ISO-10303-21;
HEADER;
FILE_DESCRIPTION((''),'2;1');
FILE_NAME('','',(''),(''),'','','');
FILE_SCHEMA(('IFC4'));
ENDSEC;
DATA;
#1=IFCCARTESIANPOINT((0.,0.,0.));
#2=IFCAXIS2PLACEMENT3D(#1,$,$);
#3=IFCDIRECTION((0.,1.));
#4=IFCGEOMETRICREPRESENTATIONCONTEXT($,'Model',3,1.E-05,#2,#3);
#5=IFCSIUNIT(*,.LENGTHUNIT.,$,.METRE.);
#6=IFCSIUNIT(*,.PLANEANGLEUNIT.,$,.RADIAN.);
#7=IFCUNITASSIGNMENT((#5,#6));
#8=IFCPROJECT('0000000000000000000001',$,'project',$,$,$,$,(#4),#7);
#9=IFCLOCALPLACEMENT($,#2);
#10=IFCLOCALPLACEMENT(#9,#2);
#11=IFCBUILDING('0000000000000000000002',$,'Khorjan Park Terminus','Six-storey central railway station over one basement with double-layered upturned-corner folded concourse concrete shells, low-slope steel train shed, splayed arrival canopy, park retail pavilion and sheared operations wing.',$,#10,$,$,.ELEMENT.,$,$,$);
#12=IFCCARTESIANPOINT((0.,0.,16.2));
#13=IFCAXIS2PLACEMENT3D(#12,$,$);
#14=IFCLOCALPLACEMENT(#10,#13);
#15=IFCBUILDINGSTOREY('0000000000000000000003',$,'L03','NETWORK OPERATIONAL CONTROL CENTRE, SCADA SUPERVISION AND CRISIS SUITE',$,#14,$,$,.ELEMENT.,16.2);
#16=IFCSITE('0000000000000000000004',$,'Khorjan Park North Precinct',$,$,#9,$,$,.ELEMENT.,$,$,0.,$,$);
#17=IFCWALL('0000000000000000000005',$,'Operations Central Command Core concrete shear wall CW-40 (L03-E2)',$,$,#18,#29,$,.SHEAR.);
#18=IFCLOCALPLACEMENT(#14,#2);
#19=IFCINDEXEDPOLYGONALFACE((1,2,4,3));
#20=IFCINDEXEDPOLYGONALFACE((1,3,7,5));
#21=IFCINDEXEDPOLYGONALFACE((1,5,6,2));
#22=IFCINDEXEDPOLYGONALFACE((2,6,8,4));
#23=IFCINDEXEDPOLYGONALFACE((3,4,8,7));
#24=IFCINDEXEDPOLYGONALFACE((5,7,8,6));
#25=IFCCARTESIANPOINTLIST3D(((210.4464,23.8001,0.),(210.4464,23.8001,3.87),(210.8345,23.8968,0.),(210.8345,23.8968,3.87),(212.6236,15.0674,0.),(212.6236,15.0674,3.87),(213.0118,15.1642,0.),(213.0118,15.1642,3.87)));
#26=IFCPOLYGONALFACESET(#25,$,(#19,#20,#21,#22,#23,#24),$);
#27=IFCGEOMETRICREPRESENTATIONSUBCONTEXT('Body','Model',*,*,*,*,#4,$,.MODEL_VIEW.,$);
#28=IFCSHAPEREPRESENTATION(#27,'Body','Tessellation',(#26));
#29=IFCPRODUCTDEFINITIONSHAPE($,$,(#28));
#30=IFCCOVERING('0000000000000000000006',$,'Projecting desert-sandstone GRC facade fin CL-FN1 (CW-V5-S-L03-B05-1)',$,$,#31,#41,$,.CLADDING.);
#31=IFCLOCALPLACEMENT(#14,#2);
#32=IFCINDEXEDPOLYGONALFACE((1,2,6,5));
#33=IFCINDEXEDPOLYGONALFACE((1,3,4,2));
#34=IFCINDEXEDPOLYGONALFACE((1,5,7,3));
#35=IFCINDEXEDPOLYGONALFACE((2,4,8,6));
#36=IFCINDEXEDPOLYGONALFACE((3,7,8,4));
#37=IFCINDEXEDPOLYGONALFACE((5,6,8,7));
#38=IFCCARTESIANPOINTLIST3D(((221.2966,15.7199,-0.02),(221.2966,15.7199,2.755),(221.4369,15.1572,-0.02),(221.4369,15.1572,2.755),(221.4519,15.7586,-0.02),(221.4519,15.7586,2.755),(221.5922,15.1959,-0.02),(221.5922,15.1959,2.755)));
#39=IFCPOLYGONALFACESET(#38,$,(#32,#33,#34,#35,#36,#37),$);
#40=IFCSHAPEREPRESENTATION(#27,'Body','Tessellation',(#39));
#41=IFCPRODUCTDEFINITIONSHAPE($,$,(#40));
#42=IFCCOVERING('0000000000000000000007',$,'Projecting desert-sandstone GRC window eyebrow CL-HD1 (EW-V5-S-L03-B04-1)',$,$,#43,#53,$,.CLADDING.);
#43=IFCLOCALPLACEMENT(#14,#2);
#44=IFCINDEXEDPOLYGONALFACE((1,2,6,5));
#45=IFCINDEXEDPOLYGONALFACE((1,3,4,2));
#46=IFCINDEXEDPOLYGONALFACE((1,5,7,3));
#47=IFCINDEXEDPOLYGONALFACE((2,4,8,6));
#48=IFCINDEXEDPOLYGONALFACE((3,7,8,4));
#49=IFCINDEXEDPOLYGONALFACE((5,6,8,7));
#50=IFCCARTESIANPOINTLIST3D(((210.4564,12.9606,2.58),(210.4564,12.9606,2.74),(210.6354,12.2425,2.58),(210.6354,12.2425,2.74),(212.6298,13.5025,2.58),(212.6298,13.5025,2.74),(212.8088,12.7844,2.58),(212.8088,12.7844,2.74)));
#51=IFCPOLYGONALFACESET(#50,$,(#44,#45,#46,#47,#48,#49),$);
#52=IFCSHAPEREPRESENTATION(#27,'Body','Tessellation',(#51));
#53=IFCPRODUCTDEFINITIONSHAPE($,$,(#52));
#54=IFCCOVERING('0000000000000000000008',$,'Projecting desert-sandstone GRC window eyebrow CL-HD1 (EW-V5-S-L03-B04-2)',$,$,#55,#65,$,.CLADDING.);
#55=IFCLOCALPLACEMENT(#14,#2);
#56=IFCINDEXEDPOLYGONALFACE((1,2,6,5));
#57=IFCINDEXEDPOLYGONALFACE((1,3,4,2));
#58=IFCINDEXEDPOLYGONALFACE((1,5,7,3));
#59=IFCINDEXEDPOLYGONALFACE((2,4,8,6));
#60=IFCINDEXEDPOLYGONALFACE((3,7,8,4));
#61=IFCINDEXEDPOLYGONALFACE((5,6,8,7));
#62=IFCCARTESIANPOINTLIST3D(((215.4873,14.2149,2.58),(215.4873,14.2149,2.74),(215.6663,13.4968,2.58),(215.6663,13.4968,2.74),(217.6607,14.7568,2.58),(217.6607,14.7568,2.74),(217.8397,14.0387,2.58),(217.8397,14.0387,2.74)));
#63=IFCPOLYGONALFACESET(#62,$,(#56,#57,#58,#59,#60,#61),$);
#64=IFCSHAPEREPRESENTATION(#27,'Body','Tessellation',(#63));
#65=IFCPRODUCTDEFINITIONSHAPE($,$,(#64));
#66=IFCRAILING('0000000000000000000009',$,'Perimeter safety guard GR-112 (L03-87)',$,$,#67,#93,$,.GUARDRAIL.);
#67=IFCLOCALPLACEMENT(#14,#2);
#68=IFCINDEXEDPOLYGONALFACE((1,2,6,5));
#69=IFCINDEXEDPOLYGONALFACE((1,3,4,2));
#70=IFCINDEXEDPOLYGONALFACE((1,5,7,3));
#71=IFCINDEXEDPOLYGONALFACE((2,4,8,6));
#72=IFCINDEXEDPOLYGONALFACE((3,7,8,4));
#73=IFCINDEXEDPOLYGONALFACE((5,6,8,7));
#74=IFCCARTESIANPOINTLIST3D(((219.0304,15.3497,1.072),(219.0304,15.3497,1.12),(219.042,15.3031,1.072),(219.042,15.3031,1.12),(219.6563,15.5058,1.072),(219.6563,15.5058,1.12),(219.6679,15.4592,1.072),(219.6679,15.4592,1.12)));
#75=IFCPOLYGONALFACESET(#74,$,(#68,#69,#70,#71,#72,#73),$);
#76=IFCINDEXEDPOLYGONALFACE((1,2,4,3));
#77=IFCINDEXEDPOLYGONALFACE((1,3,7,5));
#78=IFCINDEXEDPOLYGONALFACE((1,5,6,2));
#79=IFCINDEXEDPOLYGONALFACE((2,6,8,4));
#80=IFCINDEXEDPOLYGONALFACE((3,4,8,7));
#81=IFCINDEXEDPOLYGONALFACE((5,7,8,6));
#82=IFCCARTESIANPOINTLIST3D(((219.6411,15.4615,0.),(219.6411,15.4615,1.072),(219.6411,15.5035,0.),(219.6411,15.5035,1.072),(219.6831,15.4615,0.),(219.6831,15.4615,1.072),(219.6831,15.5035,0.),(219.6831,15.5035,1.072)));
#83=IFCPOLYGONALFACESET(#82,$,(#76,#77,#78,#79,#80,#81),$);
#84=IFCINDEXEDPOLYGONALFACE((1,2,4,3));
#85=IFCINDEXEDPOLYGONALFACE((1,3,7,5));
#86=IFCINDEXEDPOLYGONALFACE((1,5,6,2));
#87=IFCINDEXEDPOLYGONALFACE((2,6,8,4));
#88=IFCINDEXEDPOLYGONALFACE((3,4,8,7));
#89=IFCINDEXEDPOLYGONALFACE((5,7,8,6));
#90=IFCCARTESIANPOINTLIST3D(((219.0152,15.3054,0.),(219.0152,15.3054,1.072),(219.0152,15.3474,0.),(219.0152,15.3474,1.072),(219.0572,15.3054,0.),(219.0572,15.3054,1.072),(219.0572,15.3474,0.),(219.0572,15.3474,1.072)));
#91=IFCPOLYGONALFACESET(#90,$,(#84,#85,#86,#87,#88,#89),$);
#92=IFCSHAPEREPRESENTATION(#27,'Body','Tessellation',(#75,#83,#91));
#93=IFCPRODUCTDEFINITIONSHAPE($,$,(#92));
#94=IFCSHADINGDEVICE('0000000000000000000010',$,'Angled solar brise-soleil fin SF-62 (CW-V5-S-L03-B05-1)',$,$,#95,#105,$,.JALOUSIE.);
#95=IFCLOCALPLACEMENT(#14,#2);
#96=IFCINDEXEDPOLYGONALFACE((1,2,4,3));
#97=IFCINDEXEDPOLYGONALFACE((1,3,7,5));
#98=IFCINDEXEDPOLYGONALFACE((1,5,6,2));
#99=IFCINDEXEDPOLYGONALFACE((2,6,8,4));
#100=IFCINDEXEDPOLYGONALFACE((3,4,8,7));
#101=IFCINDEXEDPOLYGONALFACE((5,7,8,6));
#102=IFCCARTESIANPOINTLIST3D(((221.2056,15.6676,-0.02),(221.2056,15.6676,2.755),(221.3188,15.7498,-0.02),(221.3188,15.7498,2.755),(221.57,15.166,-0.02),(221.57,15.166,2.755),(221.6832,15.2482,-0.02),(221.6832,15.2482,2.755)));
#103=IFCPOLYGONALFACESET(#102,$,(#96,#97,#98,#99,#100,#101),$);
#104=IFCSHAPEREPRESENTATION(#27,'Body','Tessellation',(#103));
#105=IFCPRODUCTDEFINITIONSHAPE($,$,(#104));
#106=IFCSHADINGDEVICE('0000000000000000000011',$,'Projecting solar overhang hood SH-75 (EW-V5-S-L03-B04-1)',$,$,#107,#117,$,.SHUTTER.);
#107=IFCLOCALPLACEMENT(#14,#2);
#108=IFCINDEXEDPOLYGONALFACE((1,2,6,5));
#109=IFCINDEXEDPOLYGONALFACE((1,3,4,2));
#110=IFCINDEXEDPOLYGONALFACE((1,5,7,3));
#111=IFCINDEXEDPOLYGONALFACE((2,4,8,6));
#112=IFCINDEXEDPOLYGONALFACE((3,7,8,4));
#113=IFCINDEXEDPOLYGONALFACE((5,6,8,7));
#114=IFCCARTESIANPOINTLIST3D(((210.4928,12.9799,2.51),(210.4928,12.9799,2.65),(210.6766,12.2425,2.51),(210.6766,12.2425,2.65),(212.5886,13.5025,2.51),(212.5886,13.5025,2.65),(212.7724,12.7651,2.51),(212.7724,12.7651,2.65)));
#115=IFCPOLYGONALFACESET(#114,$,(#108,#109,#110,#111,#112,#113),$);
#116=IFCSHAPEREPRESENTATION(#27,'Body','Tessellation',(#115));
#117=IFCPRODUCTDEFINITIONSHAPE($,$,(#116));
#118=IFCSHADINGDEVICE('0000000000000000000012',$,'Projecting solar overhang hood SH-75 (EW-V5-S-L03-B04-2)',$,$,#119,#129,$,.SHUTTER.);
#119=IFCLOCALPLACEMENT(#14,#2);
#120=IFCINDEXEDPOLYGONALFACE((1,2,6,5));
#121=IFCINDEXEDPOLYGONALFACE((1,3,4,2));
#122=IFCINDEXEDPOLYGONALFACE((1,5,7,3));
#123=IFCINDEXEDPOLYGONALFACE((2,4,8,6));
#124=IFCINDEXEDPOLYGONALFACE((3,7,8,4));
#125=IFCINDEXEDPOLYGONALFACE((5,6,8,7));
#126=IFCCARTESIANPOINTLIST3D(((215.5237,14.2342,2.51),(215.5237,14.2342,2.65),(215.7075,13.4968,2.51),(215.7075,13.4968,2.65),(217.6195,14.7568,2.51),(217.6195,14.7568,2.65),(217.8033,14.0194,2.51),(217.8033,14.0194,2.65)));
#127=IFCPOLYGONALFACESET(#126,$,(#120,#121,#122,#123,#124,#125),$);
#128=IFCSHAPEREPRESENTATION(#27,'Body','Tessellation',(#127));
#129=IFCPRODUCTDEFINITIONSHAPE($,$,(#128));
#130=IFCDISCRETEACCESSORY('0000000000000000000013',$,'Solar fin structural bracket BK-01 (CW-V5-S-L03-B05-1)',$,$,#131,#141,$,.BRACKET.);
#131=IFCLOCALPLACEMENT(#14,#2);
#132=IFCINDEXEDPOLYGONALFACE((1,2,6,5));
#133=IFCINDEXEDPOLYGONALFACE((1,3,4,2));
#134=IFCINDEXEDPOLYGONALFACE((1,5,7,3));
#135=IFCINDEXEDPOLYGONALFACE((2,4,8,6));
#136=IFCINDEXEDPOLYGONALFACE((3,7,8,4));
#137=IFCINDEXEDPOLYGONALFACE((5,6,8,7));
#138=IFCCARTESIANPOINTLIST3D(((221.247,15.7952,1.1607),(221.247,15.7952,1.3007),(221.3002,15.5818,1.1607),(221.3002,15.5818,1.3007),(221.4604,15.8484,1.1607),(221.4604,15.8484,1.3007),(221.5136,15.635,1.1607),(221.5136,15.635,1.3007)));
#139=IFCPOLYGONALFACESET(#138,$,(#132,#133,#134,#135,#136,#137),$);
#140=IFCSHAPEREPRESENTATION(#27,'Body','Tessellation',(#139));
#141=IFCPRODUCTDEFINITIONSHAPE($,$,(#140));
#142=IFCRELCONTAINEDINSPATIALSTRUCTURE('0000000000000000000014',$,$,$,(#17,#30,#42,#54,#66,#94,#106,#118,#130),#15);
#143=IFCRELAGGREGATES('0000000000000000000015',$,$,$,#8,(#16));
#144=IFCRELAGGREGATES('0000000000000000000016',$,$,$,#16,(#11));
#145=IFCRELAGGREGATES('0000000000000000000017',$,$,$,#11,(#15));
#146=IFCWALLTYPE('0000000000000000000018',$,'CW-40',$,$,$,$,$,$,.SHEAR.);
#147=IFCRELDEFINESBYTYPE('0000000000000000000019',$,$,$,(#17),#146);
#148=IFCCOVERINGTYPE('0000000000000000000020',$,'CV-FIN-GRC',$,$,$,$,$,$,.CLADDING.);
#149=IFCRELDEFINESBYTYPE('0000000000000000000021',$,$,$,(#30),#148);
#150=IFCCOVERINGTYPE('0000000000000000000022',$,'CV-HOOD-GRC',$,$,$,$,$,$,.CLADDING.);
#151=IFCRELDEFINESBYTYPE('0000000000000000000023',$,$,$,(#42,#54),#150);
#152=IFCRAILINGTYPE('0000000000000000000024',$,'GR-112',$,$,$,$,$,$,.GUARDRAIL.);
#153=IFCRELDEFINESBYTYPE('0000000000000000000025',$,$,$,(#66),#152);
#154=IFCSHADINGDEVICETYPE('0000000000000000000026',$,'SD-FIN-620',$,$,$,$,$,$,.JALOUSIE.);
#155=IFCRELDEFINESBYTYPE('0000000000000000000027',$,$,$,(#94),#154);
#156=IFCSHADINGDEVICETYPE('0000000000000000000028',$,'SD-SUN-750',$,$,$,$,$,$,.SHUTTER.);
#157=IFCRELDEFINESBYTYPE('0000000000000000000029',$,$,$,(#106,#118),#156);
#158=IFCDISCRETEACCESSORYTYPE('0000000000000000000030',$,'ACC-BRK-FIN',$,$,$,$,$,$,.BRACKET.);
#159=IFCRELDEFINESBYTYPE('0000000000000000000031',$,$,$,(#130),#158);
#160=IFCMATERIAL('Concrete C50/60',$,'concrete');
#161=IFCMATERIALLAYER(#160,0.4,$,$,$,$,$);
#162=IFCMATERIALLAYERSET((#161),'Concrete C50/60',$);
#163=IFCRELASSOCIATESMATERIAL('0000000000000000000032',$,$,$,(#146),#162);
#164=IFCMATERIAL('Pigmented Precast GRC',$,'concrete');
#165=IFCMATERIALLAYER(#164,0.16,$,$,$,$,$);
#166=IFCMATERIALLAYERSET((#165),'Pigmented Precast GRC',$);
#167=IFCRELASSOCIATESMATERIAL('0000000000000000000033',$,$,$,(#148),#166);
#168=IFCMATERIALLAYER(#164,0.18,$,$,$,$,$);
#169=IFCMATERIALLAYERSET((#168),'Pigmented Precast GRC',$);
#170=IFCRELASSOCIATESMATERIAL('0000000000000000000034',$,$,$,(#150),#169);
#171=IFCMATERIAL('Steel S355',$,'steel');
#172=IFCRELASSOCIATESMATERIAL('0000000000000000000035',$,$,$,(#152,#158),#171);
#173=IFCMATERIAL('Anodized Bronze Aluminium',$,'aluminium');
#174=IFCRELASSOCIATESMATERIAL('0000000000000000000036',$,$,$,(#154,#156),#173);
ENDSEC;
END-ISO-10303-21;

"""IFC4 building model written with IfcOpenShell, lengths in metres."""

from ifc_helpers import new_model, si_unit, direction, frame, frame_2d, origin, origin_2d, place, context, subcontext, project, spatial, rectangle, extrude, material, layer, layer_set, type_object, element, save


model = new_model("IFC4")

# Units and contexts
model_context = context("Model", 3, precision=1e-05, world=origin(), true_north=direction((0.0, 1.0)))
body_context = subcontext(model_context, "Body", "Model", "MODEL_VIEW")
ifc_project = project(units=[si_unit("LENGTHUNIT", "METRE"), si_unit("PLANEANGLEUNIT", "RADIAN")], contexts=[model_context])

# Site, building, storey
site_placement = place(None, origin())
site = spatial("IfcSite", under=ifc_project, at=site_placement, Name="Khorjan Park North Precinct", CompositionType="ELEMENT", RefElevation=0.0)
building_placement = place(site_placement, origin())
building = spatial("IfcBuilding", under=site, at=building_placement, Name="Khorjan Park Terminus", Description="Six-storey central railway station over one basement with double-layered upturned-corner folded concourse concrete shells, low-slope steel train shed, splayed arrival canopy, park retail pavilion and sheared operations wing.", CompositionType="ELEMENT")
storey_placement = place(building_placement, frame((0.0, 0.0, 16.2)))
storey = spatial("IfcBuildingStorey", under=building, at=storey_placement, Name="L03", Description="NETWORK OPERATIONAL CONTROL CENTRE, SCADA SUPERVISION AND CRISIS SUITE", CompositionType="ELEMENT", Elevation=16.2)

# Shared definitions
ifc_material_1 = material(Name="Concrete C50/60", Category="concrete")

# Shared definitions
ifc_material_2 = material(Name="Anodized Bronze Aluminium", Category="aluminium")

# Wall
ifc_layer_1 = layer(ifc_material_1, 0.4)
ifc_layer_set_1 = layer_set([ifc_layer_1], Name="Concrete C50/60")
wall_type = type_object("IfcWallType", Name="CW-40", PredefinedType="SHEAR", material=ifc_layer_set_1)
wall_placement = place(storey_placement, frame((212.8177, 15.1158, 0.0), z_axis=(0.0, 0.0, 1.0), x_axis=(-0.241921, 0.970296, 0.0)))
element("IfcWall", 1, at=wall_placement, inside=storey, type_object=wall_type, Name="Operations Central Command Core concrete shear wall CW-40 (L03-E2)", PredefinedType="SHEAR", context=body_context, shape_type="SweptSolid", body=[
    extrude(rectangle(XDim=9.0, YDim=0.4, at=frame_2d((4.5, 0.0))), origin(), (0.0, 0.0, 1.0), 3.87),
])

# Coverings
ifc_material_3 = material(Name="Pigmented Precast GRC", Category="concrete")
ifc_layer_2 = layer(ifc_material_3, 0.16)
ifc_layer_set_2 = layer_set([ifc_layer_2], Name="Pigmented Precast GRC")
covering_type_1 = type_object("IfcCoveringType", Name="CV-FIN-GRC", PredefinedType="CLADDING", material=ifc_layer_set_2)
covering_placement = place(storey_placement, frame((221.4444, 15.4579, -0.02), z_axis=(0.0, 0.0, 1.0), x_axis=(-0.241922, 0.970296, 0.0)))
element("IfcCovering", 2, at=covering_placement, inside=storey, type_object=covering_type_1, Name="Projecting desert-sandstone GRC facade fin CL-FN1 (CW-V5-S-L03-B05-1)", PredefinedType="CLADDING", context=body_context, shape_type="SweptSolid", body=[
    extrude(rectangle(XDim=0.58, YDim=0.16, at=origin_2d()), origin(), (0.0, 0.0, 1.0), 2.775),
])
ifc_layer_3 = layer(ifc_material_3, 0.18)
ifc_layer_set_3 = layer_set([ifc_layer_3], Name="Pigmented Precast GRC")
covering_type_2 = type_object("IfcCoveringType", Name="CV-HOOD-GRC", PredefinedType="CLADDING", material=ifc_layer_set_3)
for number, where, z_axis, x_axis, name in (
    (3, (211.6326, 12.8725, 2.58), (0.0, 0.0, 1.0), (0.970297, 0.241916, 0.0), "Projecting desert-sandstone GRC window eyebrow CL-HD1 (EW-V5-S-L03-B04-1)"),
    (4, (216.6635, 14.1268, 2.58), (0.0, 0.0, 1.0), (0.970297, 0.241916, 0.0), "Projecting desert-sandstone GRC window eyebrow CL-HD1 (EW-V5-S-L03-B04-2)"),
):
    element("IfcCovering", number, at=place(storey_placement, frame(where, z_axis=z_axis, x_axis=x_axis)), inside=storey, type_object=covering_type_2, Name=name, PredefinedType="CLADDING", context=body_context, shape_type="SweptSolid", body=[
        extrude(rectangle(XDim=2.24, YDim=0.74, at=origin_2d()), origin(), (0.0, 0.0, 1.0), 0.16),
    ])

# Railing
ifc_material_4 = material(Name="Steel S355", Category="steel")
railing_type = type_object("IfcRailingType", Name="GR-112", PredefinedType="GUARDRAIL", material=ifc_material_4)
railing_placement = place(storey_placement, frame((219.6621, 15.4825, 0.0)))
element("IfcRailing", 5, at=railing_placement, inside=storey, type_object=railing_type, Name="Perimeter safety guard GR-112 (L03-87)", PredefinedType="GUARDRAIL", context=body_context, shape_type="SweptSolid", body=[
    extrude(rectangle(XDim=0.048, YDim=0.048, at=origin_2d()), frame((0.0, 0.0, 1.096), z_axis=(-0.970279, -0.241988, 0.0), x_axis=(0.241988, -0.970279, 0.0)), (0.0, 0.0, 1.0), 0.6451),
    extrude(rectangle(XDim=0.042, YDim=0.042, at=origin_2d()), origin(), (0.0, 0.0, 1.0), 1.072),
    extrude(rectangle(XDim=0.042, YDim=0.042, at=origin_2d()), frame((-0.6259, -0.1561, 0.0)), (0.0, 0.0, 1.0), 1.072),
])

# Shading devices
shading_device_type_1 = type_object("IfcShadingDeviceType", Name="SD-FIN-620", PredefinedType="JALOUSIE", material=ifc_material_2)
shading_device_placement = place(storey_placement, frame((221.4444, 15.4579, -0.02), z_axis=(0.0, 0.0, 1.0), x_axis=(-0.587785, 0.809017, 0.0)))
element("IfcShadingDevice", 6, at=shading_device_placement, inside=storey, type_object=shading_device_type_1, Name="Angled solar brise-soleil fin SF-62 (CW-V5-S-L03-B05-1)", PredefinedType="JALOUSIE", context=body_context, shape_type="SweptSolid", body=[
    extrude(rectangle(XDim=0.62, YDim=0.14, at=origin_2d()), origin(), (0.0, 0.0, 1.0), 2.775),
])
shading_device_type_2 = type_object("IfcShadingDeviceType", Name="SD-SUN-750", PredefinedType="SHUTTER", material=ifc_material_2)
for number, where, z_axis, x_axis, name in (
    (7, (211.6326, 12.8725, 2.51), (0.0, 0.0, 1.0), (0.970297, 0.241916, 0.0), "Projecting solar overhang hood SH-75 (EW-V5-S-L03-B04-1)"),
    (8, (216.6635, 14.1268, 2.51), (0.0, 0.0, 1.0), (0.970297, 0.241916, 0.0), "Projecting solar overhang hood SH-75 (EW-V5-S-L03-B04-2)"),
):
    element("IfcShadingDevice", number, at=place(storey_placement, frame(where, z_axis=z_axis, x_axis=x_axis)), inside=storey, type_object=shading_device_type_2, Name=name, PredefinedType="SHUTTER", context=body_context, shape_type="SweptSolid", body=[
        extrude(rectangle(XDim=2.16, YDim=0.76, at=origin_2d()), origin(), (0.0, 0.0, 1.0), 0.14),
    ])

# Discrete accessory
discrete_accessory_type = type_object("IfcDiscreteAccessoryType", Name="ACC-BRK-FIN", PredefinedType="BRACKET", material=ifc_material_4)
discrete_accessory_placement = place(storey_placement, frame((221.3803, 15.7151, 1.1607), z_axis=(0.0, 0.0, 1.0), x_axis=(0.970296, 0.241919, 0.0)))
element("IfcDiscreteAccessory", 9, at=discrete_accessory_placement, inside=storey, type_object=discrete_accessory_type, Name="Solar fin structural bracket BK-01 (CW-V5-S-L03-B05-1)", PredefinedType="BRACKET", context=body_context, shape_type="SweptSolid", body=[
    extrude(rectangle(XDim=0.22, YDim=0.22, at=origin_2d()), origin(), (0.0, 0.0, 1.0), 0.14),
])

save(model, "model.ifc")
